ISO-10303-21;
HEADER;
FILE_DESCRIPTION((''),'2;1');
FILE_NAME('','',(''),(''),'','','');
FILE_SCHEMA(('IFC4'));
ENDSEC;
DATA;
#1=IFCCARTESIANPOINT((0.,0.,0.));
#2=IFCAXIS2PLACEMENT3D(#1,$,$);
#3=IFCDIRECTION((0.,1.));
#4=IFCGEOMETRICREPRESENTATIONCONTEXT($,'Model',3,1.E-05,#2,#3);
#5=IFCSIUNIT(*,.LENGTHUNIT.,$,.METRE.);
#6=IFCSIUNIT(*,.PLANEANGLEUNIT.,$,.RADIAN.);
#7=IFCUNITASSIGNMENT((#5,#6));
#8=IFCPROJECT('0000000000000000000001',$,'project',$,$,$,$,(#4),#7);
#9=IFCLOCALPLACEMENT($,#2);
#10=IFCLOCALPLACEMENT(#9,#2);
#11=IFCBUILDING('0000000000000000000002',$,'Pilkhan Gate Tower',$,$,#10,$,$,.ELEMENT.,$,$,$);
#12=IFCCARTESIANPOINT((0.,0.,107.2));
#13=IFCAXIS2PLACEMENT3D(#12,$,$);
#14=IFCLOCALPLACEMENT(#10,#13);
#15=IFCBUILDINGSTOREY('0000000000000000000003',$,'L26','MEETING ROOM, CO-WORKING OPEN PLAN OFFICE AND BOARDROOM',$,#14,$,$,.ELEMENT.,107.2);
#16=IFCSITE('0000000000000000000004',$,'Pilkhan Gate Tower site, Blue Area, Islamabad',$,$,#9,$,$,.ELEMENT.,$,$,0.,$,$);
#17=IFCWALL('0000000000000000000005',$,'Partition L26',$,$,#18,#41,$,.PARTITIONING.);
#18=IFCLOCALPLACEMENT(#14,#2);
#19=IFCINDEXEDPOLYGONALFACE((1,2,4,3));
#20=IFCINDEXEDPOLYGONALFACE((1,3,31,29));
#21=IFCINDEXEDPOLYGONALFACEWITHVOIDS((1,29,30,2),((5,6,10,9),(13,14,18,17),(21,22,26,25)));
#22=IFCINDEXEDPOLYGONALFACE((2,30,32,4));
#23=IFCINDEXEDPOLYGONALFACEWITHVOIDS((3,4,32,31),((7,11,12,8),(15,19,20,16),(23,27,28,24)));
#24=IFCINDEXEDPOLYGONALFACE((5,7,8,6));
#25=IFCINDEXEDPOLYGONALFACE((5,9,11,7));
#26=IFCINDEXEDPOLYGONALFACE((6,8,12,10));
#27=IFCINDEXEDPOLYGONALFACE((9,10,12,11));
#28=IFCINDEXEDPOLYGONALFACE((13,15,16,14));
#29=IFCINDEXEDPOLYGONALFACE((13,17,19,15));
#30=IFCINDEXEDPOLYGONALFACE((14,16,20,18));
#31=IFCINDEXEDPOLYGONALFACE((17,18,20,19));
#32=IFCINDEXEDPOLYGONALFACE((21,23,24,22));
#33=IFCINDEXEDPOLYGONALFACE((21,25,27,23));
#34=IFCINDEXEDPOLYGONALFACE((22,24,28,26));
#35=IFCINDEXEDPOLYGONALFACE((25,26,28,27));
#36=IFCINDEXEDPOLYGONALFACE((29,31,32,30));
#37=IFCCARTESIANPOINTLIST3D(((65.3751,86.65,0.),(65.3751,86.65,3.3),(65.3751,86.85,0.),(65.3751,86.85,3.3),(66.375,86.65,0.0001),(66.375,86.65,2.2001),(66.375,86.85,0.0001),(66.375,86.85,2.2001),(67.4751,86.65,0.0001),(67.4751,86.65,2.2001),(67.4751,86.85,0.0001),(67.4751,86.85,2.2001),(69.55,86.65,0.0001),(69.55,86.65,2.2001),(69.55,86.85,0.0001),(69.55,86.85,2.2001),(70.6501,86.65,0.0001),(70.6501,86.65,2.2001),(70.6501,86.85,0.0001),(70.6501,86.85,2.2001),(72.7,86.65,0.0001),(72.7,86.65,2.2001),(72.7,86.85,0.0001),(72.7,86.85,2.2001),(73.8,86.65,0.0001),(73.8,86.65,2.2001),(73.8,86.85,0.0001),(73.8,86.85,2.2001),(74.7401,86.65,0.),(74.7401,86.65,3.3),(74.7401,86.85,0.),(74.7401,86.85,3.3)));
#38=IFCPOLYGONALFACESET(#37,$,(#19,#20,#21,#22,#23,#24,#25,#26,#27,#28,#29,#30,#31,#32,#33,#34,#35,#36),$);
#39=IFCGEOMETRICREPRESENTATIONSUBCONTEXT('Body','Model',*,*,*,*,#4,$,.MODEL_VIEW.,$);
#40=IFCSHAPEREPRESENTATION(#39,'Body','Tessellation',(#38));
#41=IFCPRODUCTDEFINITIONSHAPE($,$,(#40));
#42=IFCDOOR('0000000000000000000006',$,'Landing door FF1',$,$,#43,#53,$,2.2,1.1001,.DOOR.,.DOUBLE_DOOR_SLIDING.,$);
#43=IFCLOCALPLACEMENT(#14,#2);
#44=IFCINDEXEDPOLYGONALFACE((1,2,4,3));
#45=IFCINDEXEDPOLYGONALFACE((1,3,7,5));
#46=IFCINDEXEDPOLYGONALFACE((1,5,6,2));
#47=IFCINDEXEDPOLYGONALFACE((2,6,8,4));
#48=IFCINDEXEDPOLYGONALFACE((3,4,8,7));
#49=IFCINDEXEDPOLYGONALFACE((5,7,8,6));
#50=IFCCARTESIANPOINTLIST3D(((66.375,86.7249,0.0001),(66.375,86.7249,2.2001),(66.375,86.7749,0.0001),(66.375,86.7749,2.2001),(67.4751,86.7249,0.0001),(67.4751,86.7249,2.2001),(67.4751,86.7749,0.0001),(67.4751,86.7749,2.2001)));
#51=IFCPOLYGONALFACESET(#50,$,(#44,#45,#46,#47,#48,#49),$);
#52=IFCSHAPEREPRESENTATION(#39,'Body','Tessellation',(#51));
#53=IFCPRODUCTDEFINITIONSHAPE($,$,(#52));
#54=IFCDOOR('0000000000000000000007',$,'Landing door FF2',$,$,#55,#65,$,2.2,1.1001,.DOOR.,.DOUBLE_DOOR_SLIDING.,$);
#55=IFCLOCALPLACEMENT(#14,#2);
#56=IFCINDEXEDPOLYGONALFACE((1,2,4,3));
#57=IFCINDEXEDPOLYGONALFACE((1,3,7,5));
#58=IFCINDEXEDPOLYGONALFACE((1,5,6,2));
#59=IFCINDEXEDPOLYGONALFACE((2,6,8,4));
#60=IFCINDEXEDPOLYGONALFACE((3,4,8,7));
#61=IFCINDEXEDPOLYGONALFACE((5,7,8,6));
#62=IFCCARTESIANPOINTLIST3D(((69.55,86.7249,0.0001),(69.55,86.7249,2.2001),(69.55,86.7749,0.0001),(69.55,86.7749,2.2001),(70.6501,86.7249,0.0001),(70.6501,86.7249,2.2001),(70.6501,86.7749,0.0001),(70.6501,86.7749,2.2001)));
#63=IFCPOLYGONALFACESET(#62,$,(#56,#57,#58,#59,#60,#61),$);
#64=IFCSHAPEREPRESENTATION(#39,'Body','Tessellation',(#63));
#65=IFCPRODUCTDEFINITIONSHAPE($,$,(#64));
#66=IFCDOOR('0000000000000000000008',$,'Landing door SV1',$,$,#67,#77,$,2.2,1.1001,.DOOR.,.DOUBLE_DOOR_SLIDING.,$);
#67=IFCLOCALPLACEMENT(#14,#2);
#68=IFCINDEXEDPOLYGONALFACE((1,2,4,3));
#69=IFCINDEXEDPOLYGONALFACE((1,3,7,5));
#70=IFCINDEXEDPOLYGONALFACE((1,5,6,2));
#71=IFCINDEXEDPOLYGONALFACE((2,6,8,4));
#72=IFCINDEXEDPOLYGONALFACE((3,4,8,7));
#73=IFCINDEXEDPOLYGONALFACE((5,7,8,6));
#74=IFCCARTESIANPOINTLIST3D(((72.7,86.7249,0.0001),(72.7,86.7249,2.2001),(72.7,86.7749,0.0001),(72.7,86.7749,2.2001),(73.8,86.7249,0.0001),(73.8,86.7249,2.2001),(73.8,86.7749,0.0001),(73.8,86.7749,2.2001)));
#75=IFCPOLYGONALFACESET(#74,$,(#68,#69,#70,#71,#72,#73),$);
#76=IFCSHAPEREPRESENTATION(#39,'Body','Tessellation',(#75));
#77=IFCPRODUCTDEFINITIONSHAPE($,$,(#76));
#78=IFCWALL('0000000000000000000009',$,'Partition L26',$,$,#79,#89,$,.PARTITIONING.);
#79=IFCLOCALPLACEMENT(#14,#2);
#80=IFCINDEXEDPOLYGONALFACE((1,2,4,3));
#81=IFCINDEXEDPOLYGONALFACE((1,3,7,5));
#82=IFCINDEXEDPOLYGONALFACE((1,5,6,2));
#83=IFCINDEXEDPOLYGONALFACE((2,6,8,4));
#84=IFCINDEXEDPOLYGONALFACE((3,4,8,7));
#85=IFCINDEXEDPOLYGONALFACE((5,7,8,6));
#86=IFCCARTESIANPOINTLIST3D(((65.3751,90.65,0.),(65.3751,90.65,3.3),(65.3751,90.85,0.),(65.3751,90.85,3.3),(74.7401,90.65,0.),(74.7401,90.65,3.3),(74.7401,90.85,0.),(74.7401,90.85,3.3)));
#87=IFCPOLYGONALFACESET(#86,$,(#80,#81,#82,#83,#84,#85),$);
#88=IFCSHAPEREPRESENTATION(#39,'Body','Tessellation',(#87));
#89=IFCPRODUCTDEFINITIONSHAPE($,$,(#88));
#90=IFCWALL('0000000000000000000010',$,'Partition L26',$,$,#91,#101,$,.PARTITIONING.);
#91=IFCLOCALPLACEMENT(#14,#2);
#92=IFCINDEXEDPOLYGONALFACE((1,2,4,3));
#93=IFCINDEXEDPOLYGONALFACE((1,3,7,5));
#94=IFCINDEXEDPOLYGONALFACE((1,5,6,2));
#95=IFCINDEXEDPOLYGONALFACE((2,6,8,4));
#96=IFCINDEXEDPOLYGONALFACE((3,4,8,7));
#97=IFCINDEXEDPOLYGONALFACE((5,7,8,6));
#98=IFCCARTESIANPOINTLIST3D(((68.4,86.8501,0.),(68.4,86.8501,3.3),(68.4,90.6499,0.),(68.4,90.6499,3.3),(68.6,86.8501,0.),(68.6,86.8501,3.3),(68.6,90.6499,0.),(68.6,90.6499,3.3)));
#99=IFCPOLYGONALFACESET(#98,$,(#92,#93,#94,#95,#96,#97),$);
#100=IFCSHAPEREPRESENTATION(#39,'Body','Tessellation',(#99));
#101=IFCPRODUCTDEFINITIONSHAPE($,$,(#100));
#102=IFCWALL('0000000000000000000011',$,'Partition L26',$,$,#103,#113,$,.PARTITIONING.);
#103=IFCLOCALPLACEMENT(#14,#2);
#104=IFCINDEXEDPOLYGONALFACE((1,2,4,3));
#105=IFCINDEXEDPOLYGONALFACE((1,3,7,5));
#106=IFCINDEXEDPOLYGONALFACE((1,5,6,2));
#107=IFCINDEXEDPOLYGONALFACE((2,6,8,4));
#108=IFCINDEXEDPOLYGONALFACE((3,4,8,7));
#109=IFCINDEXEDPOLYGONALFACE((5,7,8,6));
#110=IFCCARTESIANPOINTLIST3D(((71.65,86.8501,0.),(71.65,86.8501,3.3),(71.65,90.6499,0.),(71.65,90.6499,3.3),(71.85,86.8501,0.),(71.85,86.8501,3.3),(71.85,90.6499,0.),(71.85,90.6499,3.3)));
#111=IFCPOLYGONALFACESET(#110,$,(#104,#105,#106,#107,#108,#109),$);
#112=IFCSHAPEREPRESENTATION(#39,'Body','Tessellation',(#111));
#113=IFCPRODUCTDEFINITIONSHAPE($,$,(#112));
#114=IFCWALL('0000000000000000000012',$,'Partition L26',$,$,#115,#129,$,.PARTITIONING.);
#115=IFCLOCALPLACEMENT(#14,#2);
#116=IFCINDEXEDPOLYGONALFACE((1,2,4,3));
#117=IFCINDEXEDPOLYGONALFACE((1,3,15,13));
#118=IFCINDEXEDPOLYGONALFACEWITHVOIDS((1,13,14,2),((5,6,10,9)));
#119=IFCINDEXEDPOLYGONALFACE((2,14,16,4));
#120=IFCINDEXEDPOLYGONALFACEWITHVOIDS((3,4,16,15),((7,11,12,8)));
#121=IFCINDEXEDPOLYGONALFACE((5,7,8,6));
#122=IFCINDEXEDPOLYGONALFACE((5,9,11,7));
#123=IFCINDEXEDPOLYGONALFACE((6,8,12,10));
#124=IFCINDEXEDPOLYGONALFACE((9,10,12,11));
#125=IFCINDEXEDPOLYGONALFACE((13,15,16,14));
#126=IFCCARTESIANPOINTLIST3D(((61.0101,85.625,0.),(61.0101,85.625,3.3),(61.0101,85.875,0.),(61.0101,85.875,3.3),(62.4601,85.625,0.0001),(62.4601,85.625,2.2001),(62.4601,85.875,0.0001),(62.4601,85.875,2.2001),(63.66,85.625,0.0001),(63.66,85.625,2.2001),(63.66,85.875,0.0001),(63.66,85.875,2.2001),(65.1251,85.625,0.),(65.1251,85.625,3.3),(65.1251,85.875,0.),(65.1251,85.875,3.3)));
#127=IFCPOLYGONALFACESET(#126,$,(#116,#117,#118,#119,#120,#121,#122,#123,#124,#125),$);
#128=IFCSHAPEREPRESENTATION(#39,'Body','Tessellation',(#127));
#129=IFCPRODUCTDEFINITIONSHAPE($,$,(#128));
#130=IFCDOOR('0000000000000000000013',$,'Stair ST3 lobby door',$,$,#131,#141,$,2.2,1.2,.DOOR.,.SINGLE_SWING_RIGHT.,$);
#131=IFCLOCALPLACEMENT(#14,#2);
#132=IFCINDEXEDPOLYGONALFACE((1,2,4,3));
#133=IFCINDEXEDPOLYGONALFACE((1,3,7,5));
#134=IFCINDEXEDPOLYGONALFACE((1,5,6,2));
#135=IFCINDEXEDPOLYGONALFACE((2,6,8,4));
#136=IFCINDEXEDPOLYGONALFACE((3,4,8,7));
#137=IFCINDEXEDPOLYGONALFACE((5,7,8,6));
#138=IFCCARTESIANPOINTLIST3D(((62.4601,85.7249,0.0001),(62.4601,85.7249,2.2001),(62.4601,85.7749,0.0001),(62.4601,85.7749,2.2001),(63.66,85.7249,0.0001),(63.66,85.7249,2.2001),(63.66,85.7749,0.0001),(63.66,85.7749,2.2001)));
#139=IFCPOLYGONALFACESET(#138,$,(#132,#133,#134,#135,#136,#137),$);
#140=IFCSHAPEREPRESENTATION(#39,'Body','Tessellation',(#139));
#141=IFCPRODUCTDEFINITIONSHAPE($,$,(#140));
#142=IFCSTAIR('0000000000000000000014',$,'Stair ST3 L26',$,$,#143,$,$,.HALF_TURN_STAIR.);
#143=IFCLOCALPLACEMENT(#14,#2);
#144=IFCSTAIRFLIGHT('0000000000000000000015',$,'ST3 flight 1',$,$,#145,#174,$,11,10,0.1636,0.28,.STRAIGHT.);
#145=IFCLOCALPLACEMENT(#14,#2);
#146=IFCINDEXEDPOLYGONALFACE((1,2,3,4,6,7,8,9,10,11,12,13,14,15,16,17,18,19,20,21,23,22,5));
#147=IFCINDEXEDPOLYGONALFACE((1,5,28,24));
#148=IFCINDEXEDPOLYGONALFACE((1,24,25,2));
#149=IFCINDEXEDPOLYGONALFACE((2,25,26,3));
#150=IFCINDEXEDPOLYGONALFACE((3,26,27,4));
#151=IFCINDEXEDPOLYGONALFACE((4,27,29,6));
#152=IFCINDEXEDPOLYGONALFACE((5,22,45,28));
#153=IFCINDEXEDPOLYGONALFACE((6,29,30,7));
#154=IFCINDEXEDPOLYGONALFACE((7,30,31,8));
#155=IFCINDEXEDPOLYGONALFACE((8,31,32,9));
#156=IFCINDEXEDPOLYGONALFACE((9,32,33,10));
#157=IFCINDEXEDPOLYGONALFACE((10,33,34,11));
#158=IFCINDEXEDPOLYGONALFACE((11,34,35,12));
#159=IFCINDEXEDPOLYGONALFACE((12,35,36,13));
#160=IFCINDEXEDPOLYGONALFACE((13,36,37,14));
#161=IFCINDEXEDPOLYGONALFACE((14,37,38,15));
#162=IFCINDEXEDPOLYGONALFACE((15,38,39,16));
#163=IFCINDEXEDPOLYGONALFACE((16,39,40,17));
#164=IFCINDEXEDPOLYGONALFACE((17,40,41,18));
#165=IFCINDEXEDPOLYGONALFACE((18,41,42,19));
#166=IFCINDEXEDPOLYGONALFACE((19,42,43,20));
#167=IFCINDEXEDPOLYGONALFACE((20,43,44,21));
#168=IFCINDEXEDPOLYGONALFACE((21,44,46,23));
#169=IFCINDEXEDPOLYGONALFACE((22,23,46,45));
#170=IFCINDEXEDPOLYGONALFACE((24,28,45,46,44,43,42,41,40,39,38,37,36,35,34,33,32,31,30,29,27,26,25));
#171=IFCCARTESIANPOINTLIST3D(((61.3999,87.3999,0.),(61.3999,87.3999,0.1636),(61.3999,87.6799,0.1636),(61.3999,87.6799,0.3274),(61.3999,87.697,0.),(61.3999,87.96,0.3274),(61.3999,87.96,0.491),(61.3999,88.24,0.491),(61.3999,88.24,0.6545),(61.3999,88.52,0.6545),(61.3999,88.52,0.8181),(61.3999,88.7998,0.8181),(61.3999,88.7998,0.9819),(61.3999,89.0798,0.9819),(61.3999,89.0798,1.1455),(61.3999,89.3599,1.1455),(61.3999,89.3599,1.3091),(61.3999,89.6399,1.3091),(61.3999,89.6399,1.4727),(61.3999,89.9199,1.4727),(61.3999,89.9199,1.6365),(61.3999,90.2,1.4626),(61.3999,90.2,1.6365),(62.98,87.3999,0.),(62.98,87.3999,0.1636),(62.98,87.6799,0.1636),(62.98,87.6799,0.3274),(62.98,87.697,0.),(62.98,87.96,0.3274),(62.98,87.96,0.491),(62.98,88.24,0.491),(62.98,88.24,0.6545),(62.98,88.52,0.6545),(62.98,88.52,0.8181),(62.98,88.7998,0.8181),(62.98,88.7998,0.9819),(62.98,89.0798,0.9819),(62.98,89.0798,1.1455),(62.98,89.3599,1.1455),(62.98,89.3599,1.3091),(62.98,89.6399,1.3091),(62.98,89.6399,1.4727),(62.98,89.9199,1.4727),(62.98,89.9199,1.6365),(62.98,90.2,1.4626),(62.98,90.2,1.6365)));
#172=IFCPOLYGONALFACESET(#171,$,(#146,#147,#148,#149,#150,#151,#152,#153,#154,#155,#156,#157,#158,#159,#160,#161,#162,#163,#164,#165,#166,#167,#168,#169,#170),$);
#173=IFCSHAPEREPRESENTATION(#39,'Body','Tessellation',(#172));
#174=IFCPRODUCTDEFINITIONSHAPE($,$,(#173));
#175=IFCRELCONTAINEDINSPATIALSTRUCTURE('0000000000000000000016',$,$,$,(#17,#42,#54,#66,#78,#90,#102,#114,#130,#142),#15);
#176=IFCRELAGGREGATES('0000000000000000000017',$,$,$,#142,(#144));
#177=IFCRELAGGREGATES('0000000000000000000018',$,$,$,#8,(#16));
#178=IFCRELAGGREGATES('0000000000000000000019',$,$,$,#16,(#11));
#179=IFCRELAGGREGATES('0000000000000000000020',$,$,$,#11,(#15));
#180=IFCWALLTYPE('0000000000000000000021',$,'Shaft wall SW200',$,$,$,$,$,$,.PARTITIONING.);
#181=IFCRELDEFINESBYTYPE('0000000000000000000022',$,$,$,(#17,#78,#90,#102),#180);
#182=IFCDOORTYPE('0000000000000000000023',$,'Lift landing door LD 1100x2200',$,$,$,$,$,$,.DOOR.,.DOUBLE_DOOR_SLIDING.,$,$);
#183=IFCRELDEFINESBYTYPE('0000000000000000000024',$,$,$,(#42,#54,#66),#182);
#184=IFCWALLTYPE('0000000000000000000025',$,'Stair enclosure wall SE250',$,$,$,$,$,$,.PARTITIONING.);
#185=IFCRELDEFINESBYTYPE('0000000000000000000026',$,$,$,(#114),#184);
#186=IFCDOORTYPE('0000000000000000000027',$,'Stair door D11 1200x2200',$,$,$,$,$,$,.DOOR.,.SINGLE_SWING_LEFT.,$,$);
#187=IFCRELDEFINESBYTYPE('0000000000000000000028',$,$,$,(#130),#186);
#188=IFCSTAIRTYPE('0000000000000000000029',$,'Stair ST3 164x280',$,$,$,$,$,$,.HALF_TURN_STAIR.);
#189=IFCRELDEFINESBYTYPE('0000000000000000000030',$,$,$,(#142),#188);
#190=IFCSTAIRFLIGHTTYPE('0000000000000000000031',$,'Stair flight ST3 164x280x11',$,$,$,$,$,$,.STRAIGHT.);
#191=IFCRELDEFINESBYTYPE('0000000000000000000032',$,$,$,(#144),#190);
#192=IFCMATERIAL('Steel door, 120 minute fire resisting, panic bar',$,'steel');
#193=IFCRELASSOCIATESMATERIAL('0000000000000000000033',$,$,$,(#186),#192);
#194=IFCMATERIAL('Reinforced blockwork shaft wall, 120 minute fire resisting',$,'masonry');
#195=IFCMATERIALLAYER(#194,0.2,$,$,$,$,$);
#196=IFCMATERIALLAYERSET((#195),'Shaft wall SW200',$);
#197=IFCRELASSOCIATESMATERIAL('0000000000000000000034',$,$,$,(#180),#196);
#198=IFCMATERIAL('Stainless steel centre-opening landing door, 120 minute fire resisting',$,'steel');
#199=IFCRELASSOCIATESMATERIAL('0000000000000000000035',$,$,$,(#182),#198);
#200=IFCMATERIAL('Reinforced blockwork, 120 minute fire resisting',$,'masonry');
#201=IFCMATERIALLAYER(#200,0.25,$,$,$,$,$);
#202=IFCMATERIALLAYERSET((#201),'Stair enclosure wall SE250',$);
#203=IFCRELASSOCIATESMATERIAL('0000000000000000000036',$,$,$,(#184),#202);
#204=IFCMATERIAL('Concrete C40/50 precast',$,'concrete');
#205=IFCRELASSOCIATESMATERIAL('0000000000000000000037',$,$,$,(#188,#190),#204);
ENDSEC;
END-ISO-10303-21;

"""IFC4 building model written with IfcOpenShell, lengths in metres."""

from ifc_helpers import new_model, si_unit, direction, frame, frame_2d, origin, place, context, subcontext, project, spatial, polyline, rectangle, outline, extrude, material, layer, layer_set, type_object, element, fill, aggregate, save


model = new_model("IFC4")

# Units and contexts
model_context = context("Model", 3, precision=1e-05, world=origin(), true_north=direction((0.0, 1.0)))
body_context = subcontext(model_context, "Body", "Model", "MODEL_VIEW")
ifc_project = project(units=[si_unit("LENGTHUNIT", "METRE"), si_unit("PLANEANGLEUNIT", "RADIAN")], contexts=[model_context])

# Site, building, storey
site_placement = place(None, origin())
site = spatial("IfcSite", under=ifc_project, at=site_placement, Name="Pilkhan Gate Tower site, Blue Area, Islamabad", CompositionType="ELEMENT", RefElevation=0.0)
building_placement = place(site_placement, origin())
building = spatial("IfcBuilding", under=site, at=building_placement, Name="Pilkhan Gate Tower", CompositionType="ELEMENT")
storey_placement = place(building_placement, frame((0.0, 0.0, 107.2)))
storey = spatial("IfcBuildingStorey", under=building, at=storey_placement, Name="L26", Description="MEETING ROOM, CO-WORKING OPEN PLAN OFFICE AND BOARDROOM", CompositionType="ELEMENT", Elevation=107.2)

# Wall, openings, doors
ifc_material_1 = material(Name="Steel door, 120 minute fire resisting, panic bar", Category="steel")
door_type_1 = type_object("IfcDoorType", Name="Stair door D11 1200x2200", OperationType="SINGLE_SWING_LEFT", PredefinedType="DOOR", material=ifc_material_1)
ifc_material_2 = material(Name="Reinforced blockwork shaft wall, 120 minute fire resisting", Category="masonry")
ifc_layer_1 = layer(ifc_material_2, 0.2)
ifc_layer_set_1 = layer_set([ifc_layer_1], Name="Shaft wall SW200")
wall_type_1 = type_object("IfcWallType", Name="Shaft wall SW200", PredefinedType="PARTITIONING", material=ifc_layer_set_1)
wall_1_placement = place(storey_placement, frame((65.375, 86.75, 0.0), z_axis=(0.0, 0.0, 1.0), x_axis=(1.0, 0.0, 0.0)))
wall_1 = element("IfcWall", 1, at=wall_1_placement, inside=storey, type_object=wall_type_1, Name="Partition L26", PredefinedType="PARTITIONING", context=body_context, shape_type="SweptSolid", body=[
    extrude(rectangle(XDim=9.365, YDim=0.2, at=frame_2d((4.6826, 0.0))), origin(), (0.0, 0.0, 1.0), 3.3),
])
opening_1_placement = place(wall_1_placement, frame((1.0, 0.0, 0.0)))
opening_1 = element("IfcOpeningElement", 2, at=opening_1_placement, cuts=wall_1, PredefinedType="OPENING", context=body_context, shape_type="SweptSolid", body=[
    extrude(rectangle(XDim=1.1001, YDim=2.2, at=frame_2d((0.55, 1.1001))), frame((0.0, 0.1099, 0.0), z_axis=(0.0, -1.0, 0.0), x_axis=(1.0, 0.0, 0.0)), (0.0, 0.0, 1.0), 0.22),
])
opening_2_placement = place(wall_1_placement, frame((4.175, 0.0, 0.0)))
opening_2 = element("IfcOpeningElement", 3, at=opening_2_placement, cuts=wall_1, PredefinedType="OPENING", context=body_context, shape_type="SweptSolid", body=[
    extrude(rectangle(XDim=1.1001, YDim=2.2, at=frame_2d((0.55, 1.1001))), frame((0.0, 0.1099, 0.0), z_axis=(0.0, -1.0, 0.0), x_axis=(1.0, 0.0, 0.0)), (0.0, 0.0, 1.0), 0.22),
])
opening_3_placement = place(wall_1_placement, frame((7.325, 0.0, 0.0)))
opening_3 = element("IfcOpeningElement", 4, at=opening_3_placement, cuts=wall_1, PredefinedType="OPENING", context=body_context, shape_type="SweptSolid", body=[
    extrude(rectangle(XDim=1.1001, YDim=2.2, at=frame_2d((0.55, 1.1001))), frame((0.0, 0.1099, 0.0), z_axis=(0.0, -1.0, 0.0), x_axis=(1.0, 0.0, 0.0)), (0.0, 0.0, 1.0), 0.22),
])
ifc_material_3 = material(Name="Stainless steel centre-opening landing door, 120 minute fire resisting", Category="steel")
door_type_2 = type_object("IfcDoorType", Name="Lift landing door LD 1100x2200", OperationType="DOUBLE_DOOR_SLIDING", PredefinedType="DOOR", material=ifc_material_3)
door_1_placement = place(opening_1_placement, origin())
door_1 = element("IfcDoor", 5, at=door_1_placement, inside=storey, type_object=door_type_2, Name="Landing door FF1", OperationType="DOUBLE_DOOR_SLIDING", OverallHeight=2.2, OverallWidth=1.1001, PredefinedType="DOOR", context=body_context, shape_type="SweptSolid", body=[
    extrude(rectangle(XDim=1.1001, YDim=2.2, at=frame_2d((0.55, 1.1001))), frame((0.0, 0.0249, 0.0), z_axis=(0.0, -1.0, 0.0), x_axis=(1.0, 0.0, 0.0)), (0.0, 0.0, 1.0), 0.05),
])
fill(opening_1, door_1)
door_2_placement = place(opening_2_placement, origin())
door_2 = element("IfcDoor", 6, at=door_2_placement, inside=storey, type_object=door_type_2, Name="Landing door FF2", OperationType="DOUBLE_DOOR_SLIDING", OverallHeight=2.2, OverallWidth=1.1001, PredefinedType="DOOR", context=body_context, shape_type="SweptSolid", body=[
    extrude(rectangle(XDim=1.1001, YDim=2.2, at=frame_2d((0.55, 1.1001))), frame((0.0, 0.0249, 0.0), z_axis=(0.0, -1.0, 0.0), x_axis=(1.0, 0.0, 0.0)), (0.0, 0.0, 1.0), 0.05),
])
fill(opening_2, door_2)
door_3_placement = place(opening_3_placement, origin())
door_3 = element("IfcDoor", 7, at=door_3_placement, inside=storey, type_object=door_type_2, Name="Landing door SV1", OperationType="DOUBLE_DOOR_SLIDING", OverallHeight=2.2, OverallWidth=1.1001, PredefinedType="DOOR", context=body_context, shape_type="SweptSolid", body=[
    extrude(rectangle(XDim=1.1001, YDim=2.2, at=frame_2d((0.55, 1.1001))), frame((0.0, 0.0249, 0.0), z_axis=(0.0, -1.0, 0.0), x_axis=(1.0, 0.0, 0.0)), (0.0, 0.0, 1.0), 0.05),
])
fill(opening_3, door_3)

# Walls
wall_2_placement = place(storey_placement, frame((65.375, 90.75, 0.0), z_axis=(0.0, 0.0, 1.0), x_axis=(1.0, 0.0, 0.0)))
element("IfcWall", 8, at=wall_2_placement, inside=storey, type_object=wall_type_1, Name="Partition L26", PredefinedType="PARTITIONING", context=body_context, shape_type="SweptSolid", body=[
    extrude(rectangle(XDim=9.365, YDim=0.2, at=frame_2d((4.6826, 0.0))), origin(), (0.0, 0.0, 1.0), 3.3),
])
for number, where, z_axis, x_axis, name in (
    (9, (68.5, 86.8501, 0.0), (0.0, 0.0, 1.0), (0.0, 1.0, 0.0), "Partition L26"),
    (10, (71.75, 86.8501, 0.0), (0.0, 0.0, 1.0), (0.0, 1.0, 0.0), "Partition L26"),
):
    element("IfcWall", number, at=place(storey_placement, frame(where, z_axis=z_axis, x_axis=x_axis)), inside=storey, type_object=wall_type_1, Name=name, PredefinedType="PARTITIONING", context=body_context, shape_type="SweptSolid", body=[
        extrude(rectangle(XDim=3.7998, YDim=0.2, at=frame_2d((1.8999, 0.0))), origin(), (0.0, 0.0, 1.0), 3.3),
    ])

# Wall, opening, door
ifc_material_4 = material(Name="Reinforced blockwork, 120 minute fire resisting", Category="masonry")
ifc_layer_2 = layer(ifc_material_4, 0.25)
ifc_layer_set_2 = layer_set([ifc_layer_2], Name="Stair enclosure wall SE250")
wall_type_2 = type_object("IfcWallType", Name="Stair enclosure wall SE250", PredefinedType="PARTITIONING", material=ifc_layer_set_2)
wall_3_placement = place(storey_placement, frame((61.01, 85.75, 0.0), z_axis=(0.0, 0.0, 1.0), x_axis=(1.0, 0.0, 0.0)))
wall_3 = element("IfcWall", 11, at=wall_3_placement, inside=storey, type_object=wall_type_2, Name="Partition L26", PredefinedType="PARTITIONING", context=body_context, shape_type="SweptSolid", body=[
    extrude(rectangle(XDim=4.115, YDim=0.25, at=frame_2d((2.0576, 0.0))), origin(), (0.0, 0.0, 1.0), 3.3),
])
opening_4_placement = place(wall_3_placement, frame((1.45, 0.0, 0.0)))
opening_4 = element("IfcOpeningElement", 12, at=opening_4_placement, cuts=wall_3, PredefinedType="OPENING", context=body_context, shape_type="SweptSolid", body=[
    extrude(rectangle(XDim=1.2, YDim=2.2, at=frame_2d((0.6001, 1.1001))), frame((0.0, 0.135, 0.0), z_axis=(0.0, -1.0, 0.0), x_axis=(1.0, 0.0, 0.0)), (0.0, 0.0, 1.0), 0.27),
])
door_4_placement = place(opening_4_placement, origin())
door_4 = element("IfcDoor", 13, at=door_4_placement, inside=storey, type_object=door_type_1, Name="Stair ST3 lobby door", OperationType="SINGLE_SWING_RIGHT", OverallHeight=2.2, OverallWidth=1.2, PredefinedType="DOOR", context=body_context, shape_type="SweptSolid", body=[
    extrude(rectangle(XDim=1.2, YDim=2.2, at=frame_2d((0.6001, 1.1001))), frame((0.0, 0.0249, 0.0), z_axis=(0.0, -1.0, 0.0), x_axis=(1.0, 0.0, 0.0)), (0.0, 0.0, 1.0), 0.05),
])
fill(opening_4, door_4)

# Stair, stair flight
ifc_material_5 = material(Name="Concrete C40/50 precast", Category="concrete")
stair_type = type_object("IfcStairType", Name="Stair ST3 164x280", PredefinedType="HALF_TURN_STAIR", material=ifc_material_5)
stair_placement = place(storey_placement, origin())
stair = element("IfcStair", 14, at=stair_placement, inside=storey, type_object=stair_type, Name="Stair ST3 L26", PredefinedType="HALF_TURN_STAIR")
stair_flight_type = type_object("IfcStairFlightType", Name="Stair flight ST3 164x280x11", PredefinedType="STRAIGHT", material=ifc_material_5)
stair_flight_1_placement = place(storey_placement, frame((62.1899, 87.3999, 0.0), z_axis=(0.0, 0.0, 1.0), x_axis=(0.0, 1.0, 0.0)))
stair_flight_1 = element("IfcStairFlight", 15, at=stair_flight_1_placement, type_object=stair_flight_type, Name="ST3 flight 1", NumberOfRisers=11, NumberOfTreads=10, PredefinedType="STRAIGHT", RiserHeight=0.1636, TreadLength=0.28, context=body_context, shape_type="SweptSolid", body=[
    extrude(outline(polyline([(0.0, 0.0), (0.0, 0.1636), (0.28, 0.1636), (0.28, 0.3274), (0.5601, 0.3274), (0.5601, 0.491), (0.8401, 0.491), (0.8401, 0.6545), (1.1201, 0.6545), (1.1201, 0.8181), (1.3999, 0.8181), (1.3999, 0.9819), (1.6799, 0.9819), (1.6799, 1.1455), (1.96, 1.1455), (1.96, 1.3091), (2.24, 1.3091), (2.24, 1.4727), (2.52, 1.4727), (2.52, 1.6365), (2.8, 1.6365), (2.8, 1.8), (2.8, 1.4626), (0.2971, 0.0), (0.0, 0.0)])), frame((0.0, 0.79, 0.0), z_axis=(0.0, -1.0, 0.0), x_axis=(1.0, 0.0, 0.0)), (0.0, 0.0, 1.0), 1.5801),
])
aggregate(stair, [stair_flight_1])

save(model, "model.ifc")
